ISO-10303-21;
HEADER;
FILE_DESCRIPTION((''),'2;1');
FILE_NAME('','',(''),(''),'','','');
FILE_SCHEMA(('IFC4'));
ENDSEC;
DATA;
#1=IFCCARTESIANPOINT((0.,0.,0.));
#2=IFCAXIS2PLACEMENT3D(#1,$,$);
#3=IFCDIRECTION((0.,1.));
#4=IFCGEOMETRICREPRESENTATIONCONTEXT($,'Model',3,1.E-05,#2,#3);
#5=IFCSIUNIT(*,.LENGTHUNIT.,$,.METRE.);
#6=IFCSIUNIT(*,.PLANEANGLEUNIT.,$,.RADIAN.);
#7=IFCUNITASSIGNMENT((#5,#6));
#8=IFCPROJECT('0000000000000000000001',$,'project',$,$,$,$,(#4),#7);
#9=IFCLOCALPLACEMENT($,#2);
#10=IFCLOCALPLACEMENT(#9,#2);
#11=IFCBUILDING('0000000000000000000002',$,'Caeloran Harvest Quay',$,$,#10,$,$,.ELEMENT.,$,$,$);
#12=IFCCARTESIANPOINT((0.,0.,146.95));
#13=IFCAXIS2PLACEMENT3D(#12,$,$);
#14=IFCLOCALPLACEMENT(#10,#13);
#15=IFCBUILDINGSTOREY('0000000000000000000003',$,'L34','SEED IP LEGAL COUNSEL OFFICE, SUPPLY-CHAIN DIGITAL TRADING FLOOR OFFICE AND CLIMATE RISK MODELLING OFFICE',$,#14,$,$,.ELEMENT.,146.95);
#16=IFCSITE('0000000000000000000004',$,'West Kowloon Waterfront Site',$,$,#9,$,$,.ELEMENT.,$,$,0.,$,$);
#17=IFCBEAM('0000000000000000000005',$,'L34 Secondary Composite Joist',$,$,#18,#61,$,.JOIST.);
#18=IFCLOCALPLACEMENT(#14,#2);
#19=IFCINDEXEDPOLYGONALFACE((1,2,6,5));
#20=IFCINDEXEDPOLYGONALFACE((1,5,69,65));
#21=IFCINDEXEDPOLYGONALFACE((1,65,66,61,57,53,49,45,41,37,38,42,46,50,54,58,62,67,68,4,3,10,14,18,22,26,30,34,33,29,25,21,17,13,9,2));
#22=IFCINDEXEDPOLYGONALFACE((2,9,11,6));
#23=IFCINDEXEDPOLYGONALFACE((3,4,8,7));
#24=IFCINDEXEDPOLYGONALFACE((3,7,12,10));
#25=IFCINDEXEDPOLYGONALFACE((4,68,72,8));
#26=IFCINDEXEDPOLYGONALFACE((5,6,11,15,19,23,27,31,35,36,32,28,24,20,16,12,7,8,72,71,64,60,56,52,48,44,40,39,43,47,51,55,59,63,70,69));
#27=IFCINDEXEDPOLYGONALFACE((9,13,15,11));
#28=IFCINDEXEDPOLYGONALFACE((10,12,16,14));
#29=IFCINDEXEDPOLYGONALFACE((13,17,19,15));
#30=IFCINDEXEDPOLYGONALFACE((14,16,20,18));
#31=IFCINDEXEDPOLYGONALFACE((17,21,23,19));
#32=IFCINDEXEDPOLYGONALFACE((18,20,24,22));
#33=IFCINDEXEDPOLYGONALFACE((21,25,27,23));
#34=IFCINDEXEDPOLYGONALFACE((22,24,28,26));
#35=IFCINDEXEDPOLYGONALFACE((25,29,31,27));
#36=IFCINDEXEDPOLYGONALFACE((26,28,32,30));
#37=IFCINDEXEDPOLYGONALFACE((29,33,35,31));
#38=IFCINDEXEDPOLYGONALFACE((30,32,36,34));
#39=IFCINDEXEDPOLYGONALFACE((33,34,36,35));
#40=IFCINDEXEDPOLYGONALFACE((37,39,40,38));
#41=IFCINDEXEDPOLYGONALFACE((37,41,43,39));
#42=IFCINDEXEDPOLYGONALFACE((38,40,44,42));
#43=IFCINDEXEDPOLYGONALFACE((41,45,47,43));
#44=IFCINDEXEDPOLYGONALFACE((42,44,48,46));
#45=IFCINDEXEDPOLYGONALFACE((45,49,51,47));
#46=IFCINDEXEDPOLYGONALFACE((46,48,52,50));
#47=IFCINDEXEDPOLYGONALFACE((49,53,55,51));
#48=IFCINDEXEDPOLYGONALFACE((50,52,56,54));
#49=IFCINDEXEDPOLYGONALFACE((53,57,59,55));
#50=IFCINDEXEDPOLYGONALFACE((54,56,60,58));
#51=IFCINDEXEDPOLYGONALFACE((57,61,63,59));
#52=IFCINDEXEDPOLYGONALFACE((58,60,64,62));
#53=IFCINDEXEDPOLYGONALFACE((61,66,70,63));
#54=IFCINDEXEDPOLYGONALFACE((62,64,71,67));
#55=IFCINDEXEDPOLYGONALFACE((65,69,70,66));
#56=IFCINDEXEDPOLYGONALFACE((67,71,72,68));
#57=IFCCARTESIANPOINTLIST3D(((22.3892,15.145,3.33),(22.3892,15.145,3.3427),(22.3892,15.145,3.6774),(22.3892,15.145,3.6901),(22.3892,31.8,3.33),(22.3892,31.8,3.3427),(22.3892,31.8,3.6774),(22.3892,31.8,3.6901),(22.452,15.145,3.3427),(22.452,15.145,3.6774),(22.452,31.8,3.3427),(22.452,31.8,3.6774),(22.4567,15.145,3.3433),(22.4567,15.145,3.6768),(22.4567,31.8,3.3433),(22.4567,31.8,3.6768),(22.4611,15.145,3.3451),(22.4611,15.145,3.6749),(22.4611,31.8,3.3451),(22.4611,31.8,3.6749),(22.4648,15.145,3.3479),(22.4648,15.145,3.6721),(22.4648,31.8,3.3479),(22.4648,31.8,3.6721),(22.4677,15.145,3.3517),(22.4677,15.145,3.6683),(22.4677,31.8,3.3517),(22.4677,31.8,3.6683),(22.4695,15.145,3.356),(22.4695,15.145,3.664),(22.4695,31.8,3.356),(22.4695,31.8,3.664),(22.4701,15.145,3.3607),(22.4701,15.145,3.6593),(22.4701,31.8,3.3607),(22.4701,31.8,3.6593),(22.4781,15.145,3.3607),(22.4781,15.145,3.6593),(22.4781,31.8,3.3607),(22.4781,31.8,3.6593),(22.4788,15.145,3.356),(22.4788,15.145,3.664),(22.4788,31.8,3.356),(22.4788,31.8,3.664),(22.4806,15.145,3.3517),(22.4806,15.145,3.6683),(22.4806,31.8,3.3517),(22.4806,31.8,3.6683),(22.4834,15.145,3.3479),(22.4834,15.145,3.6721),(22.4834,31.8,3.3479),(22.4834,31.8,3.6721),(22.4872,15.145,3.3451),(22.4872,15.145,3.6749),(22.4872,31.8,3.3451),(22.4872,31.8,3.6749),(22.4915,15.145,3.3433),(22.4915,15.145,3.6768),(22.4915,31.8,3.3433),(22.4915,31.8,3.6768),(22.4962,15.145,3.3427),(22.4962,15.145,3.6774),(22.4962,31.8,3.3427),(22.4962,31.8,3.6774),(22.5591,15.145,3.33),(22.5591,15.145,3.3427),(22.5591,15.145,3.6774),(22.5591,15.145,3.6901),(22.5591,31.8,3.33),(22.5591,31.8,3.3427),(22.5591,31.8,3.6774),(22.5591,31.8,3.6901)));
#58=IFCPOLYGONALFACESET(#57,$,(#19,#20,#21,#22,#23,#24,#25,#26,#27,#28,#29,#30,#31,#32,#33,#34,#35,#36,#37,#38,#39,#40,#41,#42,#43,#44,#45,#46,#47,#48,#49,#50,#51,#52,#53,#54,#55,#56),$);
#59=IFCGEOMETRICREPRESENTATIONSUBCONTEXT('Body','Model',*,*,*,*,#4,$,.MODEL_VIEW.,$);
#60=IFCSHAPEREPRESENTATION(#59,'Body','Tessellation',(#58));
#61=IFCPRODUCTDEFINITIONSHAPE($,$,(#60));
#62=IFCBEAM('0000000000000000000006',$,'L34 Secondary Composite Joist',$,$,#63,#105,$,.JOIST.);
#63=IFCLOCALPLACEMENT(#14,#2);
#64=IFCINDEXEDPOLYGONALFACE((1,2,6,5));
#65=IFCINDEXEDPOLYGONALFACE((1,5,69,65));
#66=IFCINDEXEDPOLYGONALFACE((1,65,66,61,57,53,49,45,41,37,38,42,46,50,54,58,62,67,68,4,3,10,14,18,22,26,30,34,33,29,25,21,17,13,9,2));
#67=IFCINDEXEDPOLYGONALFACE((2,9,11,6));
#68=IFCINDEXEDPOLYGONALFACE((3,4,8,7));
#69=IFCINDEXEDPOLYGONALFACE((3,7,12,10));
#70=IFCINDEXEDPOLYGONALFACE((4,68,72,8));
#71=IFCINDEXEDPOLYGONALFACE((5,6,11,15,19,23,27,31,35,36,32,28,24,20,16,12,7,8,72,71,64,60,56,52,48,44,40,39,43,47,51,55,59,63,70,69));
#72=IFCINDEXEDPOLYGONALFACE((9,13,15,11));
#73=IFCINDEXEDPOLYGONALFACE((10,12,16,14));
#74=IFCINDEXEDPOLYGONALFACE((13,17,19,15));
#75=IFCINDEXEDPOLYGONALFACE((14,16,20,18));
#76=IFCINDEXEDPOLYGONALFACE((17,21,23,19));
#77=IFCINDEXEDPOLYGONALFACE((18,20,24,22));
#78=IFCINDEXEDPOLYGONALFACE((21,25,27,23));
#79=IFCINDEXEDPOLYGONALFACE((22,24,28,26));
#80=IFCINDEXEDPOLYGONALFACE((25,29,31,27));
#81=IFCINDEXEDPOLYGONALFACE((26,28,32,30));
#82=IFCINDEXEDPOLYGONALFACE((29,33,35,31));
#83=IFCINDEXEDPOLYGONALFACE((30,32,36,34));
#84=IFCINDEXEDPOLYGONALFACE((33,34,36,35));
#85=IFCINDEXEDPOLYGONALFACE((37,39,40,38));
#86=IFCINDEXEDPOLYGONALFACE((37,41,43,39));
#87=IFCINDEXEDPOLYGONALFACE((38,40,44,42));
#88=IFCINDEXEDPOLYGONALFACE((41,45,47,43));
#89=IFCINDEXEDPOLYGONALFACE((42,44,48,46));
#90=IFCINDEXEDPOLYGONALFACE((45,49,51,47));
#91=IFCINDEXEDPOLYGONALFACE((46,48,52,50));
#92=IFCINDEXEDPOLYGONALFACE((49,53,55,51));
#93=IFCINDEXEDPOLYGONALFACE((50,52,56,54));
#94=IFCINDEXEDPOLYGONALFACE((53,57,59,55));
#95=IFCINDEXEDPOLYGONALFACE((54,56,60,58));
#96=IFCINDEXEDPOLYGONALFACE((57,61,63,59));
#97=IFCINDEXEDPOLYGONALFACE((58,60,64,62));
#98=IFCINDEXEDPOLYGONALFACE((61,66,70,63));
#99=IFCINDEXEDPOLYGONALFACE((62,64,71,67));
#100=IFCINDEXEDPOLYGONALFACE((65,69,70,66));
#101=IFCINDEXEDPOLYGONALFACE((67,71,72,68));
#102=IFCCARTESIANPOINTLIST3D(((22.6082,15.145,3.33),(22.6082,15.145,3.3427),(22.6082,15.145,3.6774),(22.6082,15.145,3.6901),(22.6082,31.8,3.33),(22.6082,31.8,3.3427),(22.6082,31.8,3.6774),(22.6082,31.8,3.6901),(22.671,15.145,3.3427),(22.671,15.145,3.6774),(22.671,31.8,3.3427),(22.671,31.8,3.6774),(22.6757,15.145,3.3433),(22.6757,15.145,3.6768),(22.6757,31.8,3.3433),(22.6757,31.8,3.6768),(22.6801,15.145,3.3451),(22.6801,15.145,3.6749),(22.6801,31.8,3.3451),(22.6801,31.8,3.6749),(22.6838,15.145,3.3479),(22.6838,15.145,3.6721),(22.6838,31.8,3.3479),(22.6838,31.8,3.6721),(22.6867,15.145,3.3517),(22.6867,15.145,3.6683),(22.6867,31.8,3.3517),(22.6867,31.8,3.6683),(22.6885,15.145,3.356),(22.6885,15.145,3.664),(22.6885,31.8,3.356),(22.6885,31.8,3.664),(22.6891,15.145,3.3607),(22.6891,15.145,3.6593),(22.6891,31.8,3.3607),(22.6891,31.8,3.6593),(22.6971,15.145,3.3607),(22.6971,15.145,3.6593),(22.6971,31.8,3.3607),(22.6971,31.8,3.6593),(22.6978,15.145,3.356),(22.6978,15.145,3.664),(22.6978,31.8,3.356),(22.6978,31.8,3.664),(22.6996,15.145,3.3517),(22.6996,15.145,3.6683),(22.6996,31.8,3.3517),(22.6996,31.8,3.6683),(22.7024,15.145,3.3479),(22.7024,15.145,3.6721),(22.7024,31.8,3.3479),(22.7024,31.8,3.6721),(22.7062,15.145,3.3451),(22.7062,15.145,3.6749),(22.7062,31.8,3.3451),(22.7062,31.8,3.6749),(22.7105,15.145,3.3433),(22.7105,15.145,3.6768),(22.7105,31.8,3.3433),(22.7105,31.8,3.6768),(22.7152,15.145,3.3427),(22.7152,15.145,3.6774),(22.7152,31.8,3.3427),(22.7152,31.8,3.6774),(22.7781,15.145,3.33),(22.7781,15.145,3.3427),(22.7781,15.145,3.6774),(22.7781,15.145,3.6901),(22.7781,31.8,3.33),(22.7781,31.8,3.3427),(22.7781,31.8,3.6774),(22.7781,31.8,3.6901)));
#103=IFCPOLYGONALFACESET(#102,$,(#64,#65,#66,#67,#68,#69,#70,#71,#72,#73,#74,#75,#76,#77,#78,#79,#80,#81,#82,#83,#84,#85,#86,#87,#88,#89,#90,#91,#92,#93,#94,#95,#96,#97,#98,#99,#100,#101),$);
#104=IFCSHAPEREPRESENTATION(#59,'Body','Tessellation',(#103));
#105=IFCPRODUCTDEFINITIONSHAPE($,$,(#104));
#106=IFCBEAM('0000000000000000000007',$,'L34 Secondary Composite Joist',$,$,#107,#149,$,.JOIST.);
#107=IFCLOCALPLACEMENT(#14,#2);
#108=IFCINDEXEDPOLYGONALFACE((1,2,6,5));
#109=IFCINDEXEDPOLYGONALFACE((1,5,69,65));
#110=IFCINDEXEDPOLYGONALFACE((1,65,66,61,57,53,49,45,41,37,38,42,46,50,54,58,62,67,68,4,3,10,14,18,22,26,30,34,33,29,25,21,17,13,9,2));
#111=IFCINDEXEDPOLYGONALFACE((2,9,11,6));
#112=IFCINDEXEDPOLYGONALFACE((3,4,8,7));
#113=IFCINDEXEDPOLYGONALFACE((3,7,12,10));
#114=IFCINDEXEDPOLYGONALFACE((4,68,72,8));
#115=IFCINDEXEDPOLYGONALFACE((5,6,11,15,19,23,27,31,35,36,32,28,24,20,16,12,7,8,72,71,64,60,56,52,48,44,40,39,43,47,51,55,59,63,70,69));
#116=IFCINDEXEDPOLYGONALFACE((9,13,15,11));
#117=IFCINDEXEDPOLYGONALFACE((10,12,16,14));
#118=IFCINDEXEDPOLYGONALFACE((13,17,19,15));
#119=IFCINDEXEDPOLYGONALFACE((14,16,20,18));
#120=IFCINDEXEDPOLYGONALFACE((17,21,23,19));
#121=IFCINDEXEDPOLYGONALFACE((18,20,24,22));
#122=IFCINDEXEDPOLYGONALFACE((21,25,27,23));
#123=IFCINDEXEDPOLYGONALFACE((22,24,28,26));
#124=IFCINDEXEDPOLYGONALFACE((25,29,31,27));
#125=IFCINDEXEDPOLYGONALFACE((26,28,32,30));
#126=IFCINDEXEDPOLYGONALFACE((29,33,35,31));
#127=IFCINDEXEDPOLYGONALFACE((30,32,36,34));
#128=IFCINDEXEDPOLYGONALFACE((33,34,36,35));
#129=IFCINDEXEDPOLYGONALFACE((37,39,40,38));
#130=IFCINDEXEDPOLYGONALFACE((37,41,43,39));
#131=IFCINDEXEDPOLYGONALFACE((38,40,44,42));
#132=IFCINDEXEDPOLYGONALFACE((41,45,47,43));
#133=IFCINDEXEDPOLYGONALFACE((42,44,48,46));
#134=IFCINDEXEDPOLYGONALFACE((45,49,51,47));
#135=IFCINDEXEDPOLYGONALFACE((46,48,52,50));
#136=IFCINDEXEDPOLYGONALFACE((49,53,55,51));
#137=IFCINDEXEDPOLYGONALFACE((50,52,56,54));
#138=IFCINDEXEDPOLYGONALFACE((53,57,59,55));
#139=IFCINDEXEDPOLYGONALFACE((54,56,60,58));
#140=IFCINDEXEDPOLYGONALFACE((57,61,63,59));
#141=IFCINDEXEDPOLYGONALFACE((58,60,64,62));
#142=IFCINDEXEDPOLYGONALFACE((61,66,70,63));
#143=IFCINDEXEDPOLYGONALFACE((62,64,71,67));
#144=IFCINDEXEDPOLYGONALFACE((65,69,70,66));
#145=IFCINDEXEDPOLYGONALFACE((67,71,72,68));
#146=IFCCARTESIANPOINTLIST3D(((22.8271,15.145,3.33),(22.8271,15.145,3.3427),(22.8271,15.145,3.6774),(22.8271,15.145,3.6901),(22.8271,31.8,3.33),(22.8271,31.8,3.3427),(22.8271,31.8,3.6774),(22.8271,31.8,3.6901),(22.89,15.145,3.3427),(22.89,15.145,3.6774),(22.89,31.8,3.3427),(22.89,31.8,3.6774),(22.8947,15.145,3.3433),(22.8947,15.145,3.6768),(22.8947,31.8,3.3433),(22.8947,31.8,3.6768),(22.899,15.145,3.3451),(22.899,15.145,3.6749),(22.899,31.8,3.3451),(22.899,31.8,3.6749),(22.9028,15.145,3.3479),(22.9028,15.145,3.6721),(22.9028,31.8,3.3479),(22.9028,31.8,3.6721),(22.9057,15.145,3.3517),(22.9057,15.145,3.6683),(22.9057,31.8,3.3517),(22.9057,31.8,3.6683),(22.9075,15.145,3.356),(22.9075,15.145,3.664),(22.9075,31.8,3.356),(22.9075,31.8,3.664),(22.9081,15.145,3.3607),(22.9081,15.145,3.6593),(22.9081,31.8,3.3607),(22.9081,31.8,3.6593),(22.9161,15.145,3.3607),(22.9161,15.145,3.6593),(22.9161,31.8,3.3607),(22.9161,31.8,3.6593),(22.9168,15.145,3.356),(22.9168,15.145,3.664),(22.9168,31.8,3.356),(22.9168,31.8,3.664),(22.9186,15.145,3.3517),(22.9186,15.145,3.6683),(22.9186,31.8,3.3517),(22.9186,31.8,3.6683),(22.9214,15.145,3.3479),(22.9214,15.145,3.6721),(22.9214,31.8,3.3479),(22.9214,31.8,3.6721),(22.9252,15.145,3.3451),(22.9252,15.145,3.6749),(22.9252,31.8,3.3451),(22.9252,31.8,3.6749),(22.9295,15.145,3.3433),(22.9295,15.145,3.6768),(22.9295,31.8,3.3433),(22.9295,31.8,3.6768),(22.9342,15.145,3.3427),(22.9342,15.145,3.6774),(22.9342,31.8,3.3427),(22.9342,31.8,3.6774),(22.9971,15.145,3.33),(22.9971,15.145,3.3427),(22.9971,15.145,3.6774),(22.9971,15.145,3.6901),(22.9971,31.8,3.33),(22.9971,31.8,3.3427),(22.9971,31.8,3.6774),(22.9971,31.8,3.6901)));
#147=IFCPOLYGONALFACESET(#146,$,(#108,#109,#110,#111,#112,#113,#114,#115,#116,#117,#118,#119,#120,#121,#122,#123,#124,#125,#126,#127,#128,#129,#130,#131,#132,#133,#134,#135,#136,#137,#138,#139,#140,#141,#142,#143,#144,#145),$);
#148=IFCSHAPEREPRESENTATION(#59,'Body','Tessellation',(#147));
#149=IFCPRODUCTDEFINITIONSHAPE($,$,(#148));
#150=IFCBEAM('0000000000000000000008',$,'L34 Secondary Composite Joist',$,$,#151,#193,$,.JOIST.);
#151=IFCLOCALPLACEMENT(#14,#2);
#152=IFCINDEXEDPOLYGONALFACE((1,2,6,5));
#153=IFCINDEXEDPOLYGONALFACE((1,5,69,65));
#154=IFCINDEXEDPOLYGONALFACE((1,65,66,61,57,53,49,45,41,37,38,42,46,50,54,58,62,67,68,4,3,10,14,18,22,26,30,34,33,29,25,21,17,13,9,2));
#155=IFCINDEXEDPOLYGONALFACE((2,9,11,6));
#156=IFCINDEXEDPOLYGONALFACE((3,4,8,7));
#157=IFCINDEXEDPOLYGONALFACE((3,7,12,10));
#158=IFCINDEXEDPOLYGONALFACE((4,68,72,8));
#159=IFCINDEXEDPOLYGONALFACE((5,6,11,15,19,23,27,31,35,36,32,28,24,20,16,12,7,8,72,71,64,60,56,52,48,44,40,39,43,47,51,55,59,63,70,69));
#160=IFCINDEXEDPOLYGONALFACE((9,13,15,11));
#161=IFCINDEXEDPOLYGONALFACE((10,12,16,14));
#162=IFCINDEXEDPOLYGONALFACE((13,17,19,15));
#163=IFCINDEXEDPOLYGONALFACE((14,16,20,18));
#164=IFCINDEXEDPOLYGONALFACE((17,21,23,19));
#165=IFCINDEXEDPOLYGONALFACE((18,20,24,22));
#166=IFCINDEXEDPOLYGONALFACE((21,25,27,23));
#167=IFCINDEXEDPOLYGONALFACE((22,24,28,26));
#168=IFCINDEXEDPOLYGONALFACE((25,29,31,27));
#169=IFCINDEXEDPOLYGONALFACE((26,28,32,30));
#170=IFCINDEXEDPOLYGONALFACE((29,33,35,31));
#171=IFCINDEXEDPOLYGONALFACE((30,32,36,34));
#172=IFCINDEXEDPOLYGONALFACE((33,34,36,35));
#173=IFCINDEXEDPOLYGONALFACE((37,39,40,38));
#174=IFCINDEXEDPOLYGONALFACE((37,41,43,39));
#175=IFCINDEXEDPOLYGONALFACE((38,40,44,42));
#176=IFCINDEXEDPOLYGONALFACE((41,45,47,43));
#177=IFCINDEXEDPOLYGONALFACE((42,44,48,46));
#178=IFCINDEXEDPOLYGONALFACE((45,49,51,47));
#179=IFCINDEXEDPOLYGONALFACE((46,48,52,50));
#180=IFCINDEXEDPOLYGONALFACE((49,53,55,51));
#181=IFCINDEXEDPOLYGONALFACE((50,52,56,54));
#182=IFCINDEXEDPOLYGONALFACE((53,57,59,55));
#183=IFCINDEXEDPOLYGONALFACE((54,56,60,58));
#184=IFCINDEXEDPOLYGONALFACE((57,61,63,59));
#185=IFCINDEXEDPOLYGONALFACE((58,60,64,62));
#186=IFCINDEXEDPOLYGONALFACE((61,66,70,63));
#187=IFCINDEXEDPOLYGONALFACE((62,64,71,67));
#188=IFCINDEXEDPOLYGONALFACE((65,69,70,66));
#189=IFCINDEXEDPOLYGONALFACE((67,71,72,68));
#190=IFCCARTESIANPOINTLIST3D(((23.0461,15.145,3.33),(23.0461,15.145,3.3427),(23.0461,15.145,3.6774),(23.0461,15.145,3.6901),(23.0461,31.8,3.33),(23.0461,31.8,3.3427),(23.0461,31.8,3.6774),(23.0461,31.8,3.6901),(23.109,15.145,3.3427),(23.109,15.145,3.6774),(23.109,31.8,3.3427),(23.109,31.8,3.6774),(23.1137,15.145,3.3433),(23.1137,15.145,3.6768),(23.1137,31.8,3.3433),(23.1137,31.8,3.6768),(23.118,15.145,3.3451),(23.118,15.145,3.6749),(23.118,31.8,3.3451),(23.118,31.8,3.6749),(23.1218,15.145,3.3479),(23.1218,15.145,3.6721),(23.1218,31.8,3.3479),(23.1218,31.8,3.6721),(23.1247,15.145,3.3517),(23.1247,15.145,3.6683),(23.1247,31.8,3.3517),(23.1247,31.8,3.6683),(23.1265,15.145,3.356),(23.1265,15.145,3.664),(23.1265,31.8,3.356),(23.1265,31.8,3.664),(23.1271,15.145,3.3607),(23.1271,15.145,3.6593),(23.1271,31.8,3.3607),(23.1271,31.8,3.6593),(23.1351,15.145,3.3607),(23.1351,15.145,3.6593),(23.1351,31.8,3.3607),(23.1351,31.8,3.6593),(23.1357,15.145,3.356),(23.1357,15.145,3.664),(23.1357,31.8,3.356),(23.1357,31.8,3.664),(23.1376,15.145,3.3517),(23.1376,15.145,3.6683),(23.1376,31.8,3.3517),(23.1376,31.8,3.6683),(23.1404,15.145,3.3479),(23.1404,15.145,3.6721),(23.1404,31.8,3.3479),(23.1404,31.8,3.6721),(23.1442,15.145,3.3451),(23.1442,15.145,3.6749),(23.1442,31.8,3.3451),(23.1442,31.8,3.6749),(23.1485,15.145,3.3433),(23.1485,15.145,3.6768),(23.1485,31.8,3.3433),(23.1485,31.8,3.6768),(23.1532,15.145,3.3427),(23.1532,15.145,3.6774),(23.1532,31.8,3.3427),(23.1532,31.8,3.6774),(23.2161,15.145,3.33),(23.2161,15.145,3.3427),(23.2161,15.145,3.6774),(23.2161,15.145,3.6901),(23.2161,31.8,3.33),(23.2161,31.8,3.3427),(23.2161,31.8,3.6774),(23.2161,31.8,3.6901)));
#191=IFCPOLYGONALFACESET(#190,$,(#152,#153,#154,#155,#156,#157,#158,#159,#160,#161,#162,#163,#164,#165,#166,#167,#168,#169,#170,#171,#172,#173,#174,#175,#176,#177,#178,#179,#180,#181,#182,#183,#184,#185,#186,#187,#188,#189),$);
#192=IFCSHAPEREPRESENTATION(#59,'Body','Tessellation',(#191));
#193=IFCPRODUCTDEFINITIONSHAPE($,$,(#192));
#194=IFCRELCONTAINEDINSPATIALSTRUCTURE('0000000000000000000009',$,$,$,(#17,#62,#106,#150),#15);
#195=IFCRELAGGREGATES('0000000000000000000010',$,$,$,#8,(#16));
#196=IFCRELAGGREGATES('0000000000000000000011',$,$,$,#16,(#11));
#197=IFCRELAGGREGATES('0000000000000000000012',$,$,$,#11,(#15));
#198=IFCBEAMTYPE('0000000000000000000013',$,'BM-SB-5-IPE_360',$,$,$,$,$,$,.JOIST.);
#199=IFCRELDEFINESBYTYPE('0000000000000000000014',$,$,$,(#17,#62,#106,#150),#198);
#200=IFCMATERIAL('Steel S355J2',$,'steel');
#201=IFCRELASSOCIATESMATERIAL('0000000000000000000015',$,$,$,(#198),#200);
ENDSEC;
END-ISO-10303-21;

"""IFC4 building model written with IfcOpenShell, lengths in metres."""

from ifc_helpers import new_model, si_unit, direction, frame, origin, origin_2d, place, context, subcontext, project, spatial, i_section, extrude, material, material_profile, profile_set, type_object, element, save


model = new_model("IFC4")

# Units and contexts
model_context = context("Model", 3, precision=1e-05, world=origin(), true_north=direction((0.0, 1.0)))
body_context = subcontext(model_context, "Body", "Model", "MODEL_VIEW")
ifc_project = project(units=[si_unit("LENGTHUNIT", "METRE"), si_unit("PLANEANGLEUNIT", "RADIAN")], contexts=[model_context])

# Site, building, storey
site_placement = place(None, origin())
site = spatial("IfcSite", under=ifc_project, at=site_placement, Name="West Kowloon Waterfront Site", CompositionType="ELEMENT", RefElevation=0.0)
building_placement = place(site_placement, origin())
building = spatial("IfcBuilding", under=site, at=building_placement, Name="Caeloran Harvest Quay", CompositionType="ELEMENT")
storey_placement = place(building_placement, frame((0.0, 0.0, 146.95)))
storey = spatial("IfcBuildingStorey", under=building, at=storey_placement, Name="L34", Description="SEED IP LEGAL COUNSEL OFFICE, SUPPLY-CHAIN DIGITAL TRADING FLOOR OFFICE AND CLIMATE RISK MODELLING OFFICE", CompositionType="ELEMENT", Elevation=146.95)

# Beams
ifc_material_1 = material(Name="Steel S355J2", Category="steel")
ifc_material_profile_1 = material_profile(ifc_material_1, i_section(OverallWidth=0.1699, OverallDepth=0.3601, WebThickness=0.0081, FlangeThickness=0.0127, FilletRadius=0.0181, at=origin_2d()), Name="IPE 360")
ifc_profile_set_1 = profile_set([ifc_material_profile_1], Name="Steel S355J2")
beam_type_1 = type_object("IfcBeamType", Name="BM-SB-5-IPE_360", PredefinedType="JOIST", material=ifc_profile_set_1)
for number, where, z_axis, x_axis, name in (
    (1, (22.4741, 15.145, 3.51), (0.0, 1.0, 0.0), (-1.0, 0.0, 0.0), "L34 Secondary Composite Joist"),
    (2, (22.6931, 15.145, 3.51), (0.0, 1.0, 0.0), (-1.0, 0.0, 0.0), "L34 Secondary Composite Joist"),
    (3, (22.9121, 15.145, 3.51), (0.0, 1.0, 0.0), (-1.0, 0.0, 0.0), "L34 Secondary Composite Joist"),
    (4, (23.1311, 15.145, 3.51), (0.0, 1.0, 0.0), (-1.0, 0.0, 0.0), "L34 Secondary Composite Joist"),
):
    element("IfcBeam", number, at=place(storey_placement, frame(where, z_axis=z_axis, x_axis=x_axis)), inside=storey, type_object=beam_type_1, Name=name, PredefinedType="JOIST", context=body_context, shape_type="SweptSolid", body=[
        extrude(i_section(OverallWidth=0.1699, OverallDepth=0.3601, WebThickness=0.0081, FlangeThickness=0.0127, FilletRadius=0.0181, at=origin_2d()), origin(), (0.0, 0.0, 1.0), 16.655),
    ])

save(model, "model.ifc")
